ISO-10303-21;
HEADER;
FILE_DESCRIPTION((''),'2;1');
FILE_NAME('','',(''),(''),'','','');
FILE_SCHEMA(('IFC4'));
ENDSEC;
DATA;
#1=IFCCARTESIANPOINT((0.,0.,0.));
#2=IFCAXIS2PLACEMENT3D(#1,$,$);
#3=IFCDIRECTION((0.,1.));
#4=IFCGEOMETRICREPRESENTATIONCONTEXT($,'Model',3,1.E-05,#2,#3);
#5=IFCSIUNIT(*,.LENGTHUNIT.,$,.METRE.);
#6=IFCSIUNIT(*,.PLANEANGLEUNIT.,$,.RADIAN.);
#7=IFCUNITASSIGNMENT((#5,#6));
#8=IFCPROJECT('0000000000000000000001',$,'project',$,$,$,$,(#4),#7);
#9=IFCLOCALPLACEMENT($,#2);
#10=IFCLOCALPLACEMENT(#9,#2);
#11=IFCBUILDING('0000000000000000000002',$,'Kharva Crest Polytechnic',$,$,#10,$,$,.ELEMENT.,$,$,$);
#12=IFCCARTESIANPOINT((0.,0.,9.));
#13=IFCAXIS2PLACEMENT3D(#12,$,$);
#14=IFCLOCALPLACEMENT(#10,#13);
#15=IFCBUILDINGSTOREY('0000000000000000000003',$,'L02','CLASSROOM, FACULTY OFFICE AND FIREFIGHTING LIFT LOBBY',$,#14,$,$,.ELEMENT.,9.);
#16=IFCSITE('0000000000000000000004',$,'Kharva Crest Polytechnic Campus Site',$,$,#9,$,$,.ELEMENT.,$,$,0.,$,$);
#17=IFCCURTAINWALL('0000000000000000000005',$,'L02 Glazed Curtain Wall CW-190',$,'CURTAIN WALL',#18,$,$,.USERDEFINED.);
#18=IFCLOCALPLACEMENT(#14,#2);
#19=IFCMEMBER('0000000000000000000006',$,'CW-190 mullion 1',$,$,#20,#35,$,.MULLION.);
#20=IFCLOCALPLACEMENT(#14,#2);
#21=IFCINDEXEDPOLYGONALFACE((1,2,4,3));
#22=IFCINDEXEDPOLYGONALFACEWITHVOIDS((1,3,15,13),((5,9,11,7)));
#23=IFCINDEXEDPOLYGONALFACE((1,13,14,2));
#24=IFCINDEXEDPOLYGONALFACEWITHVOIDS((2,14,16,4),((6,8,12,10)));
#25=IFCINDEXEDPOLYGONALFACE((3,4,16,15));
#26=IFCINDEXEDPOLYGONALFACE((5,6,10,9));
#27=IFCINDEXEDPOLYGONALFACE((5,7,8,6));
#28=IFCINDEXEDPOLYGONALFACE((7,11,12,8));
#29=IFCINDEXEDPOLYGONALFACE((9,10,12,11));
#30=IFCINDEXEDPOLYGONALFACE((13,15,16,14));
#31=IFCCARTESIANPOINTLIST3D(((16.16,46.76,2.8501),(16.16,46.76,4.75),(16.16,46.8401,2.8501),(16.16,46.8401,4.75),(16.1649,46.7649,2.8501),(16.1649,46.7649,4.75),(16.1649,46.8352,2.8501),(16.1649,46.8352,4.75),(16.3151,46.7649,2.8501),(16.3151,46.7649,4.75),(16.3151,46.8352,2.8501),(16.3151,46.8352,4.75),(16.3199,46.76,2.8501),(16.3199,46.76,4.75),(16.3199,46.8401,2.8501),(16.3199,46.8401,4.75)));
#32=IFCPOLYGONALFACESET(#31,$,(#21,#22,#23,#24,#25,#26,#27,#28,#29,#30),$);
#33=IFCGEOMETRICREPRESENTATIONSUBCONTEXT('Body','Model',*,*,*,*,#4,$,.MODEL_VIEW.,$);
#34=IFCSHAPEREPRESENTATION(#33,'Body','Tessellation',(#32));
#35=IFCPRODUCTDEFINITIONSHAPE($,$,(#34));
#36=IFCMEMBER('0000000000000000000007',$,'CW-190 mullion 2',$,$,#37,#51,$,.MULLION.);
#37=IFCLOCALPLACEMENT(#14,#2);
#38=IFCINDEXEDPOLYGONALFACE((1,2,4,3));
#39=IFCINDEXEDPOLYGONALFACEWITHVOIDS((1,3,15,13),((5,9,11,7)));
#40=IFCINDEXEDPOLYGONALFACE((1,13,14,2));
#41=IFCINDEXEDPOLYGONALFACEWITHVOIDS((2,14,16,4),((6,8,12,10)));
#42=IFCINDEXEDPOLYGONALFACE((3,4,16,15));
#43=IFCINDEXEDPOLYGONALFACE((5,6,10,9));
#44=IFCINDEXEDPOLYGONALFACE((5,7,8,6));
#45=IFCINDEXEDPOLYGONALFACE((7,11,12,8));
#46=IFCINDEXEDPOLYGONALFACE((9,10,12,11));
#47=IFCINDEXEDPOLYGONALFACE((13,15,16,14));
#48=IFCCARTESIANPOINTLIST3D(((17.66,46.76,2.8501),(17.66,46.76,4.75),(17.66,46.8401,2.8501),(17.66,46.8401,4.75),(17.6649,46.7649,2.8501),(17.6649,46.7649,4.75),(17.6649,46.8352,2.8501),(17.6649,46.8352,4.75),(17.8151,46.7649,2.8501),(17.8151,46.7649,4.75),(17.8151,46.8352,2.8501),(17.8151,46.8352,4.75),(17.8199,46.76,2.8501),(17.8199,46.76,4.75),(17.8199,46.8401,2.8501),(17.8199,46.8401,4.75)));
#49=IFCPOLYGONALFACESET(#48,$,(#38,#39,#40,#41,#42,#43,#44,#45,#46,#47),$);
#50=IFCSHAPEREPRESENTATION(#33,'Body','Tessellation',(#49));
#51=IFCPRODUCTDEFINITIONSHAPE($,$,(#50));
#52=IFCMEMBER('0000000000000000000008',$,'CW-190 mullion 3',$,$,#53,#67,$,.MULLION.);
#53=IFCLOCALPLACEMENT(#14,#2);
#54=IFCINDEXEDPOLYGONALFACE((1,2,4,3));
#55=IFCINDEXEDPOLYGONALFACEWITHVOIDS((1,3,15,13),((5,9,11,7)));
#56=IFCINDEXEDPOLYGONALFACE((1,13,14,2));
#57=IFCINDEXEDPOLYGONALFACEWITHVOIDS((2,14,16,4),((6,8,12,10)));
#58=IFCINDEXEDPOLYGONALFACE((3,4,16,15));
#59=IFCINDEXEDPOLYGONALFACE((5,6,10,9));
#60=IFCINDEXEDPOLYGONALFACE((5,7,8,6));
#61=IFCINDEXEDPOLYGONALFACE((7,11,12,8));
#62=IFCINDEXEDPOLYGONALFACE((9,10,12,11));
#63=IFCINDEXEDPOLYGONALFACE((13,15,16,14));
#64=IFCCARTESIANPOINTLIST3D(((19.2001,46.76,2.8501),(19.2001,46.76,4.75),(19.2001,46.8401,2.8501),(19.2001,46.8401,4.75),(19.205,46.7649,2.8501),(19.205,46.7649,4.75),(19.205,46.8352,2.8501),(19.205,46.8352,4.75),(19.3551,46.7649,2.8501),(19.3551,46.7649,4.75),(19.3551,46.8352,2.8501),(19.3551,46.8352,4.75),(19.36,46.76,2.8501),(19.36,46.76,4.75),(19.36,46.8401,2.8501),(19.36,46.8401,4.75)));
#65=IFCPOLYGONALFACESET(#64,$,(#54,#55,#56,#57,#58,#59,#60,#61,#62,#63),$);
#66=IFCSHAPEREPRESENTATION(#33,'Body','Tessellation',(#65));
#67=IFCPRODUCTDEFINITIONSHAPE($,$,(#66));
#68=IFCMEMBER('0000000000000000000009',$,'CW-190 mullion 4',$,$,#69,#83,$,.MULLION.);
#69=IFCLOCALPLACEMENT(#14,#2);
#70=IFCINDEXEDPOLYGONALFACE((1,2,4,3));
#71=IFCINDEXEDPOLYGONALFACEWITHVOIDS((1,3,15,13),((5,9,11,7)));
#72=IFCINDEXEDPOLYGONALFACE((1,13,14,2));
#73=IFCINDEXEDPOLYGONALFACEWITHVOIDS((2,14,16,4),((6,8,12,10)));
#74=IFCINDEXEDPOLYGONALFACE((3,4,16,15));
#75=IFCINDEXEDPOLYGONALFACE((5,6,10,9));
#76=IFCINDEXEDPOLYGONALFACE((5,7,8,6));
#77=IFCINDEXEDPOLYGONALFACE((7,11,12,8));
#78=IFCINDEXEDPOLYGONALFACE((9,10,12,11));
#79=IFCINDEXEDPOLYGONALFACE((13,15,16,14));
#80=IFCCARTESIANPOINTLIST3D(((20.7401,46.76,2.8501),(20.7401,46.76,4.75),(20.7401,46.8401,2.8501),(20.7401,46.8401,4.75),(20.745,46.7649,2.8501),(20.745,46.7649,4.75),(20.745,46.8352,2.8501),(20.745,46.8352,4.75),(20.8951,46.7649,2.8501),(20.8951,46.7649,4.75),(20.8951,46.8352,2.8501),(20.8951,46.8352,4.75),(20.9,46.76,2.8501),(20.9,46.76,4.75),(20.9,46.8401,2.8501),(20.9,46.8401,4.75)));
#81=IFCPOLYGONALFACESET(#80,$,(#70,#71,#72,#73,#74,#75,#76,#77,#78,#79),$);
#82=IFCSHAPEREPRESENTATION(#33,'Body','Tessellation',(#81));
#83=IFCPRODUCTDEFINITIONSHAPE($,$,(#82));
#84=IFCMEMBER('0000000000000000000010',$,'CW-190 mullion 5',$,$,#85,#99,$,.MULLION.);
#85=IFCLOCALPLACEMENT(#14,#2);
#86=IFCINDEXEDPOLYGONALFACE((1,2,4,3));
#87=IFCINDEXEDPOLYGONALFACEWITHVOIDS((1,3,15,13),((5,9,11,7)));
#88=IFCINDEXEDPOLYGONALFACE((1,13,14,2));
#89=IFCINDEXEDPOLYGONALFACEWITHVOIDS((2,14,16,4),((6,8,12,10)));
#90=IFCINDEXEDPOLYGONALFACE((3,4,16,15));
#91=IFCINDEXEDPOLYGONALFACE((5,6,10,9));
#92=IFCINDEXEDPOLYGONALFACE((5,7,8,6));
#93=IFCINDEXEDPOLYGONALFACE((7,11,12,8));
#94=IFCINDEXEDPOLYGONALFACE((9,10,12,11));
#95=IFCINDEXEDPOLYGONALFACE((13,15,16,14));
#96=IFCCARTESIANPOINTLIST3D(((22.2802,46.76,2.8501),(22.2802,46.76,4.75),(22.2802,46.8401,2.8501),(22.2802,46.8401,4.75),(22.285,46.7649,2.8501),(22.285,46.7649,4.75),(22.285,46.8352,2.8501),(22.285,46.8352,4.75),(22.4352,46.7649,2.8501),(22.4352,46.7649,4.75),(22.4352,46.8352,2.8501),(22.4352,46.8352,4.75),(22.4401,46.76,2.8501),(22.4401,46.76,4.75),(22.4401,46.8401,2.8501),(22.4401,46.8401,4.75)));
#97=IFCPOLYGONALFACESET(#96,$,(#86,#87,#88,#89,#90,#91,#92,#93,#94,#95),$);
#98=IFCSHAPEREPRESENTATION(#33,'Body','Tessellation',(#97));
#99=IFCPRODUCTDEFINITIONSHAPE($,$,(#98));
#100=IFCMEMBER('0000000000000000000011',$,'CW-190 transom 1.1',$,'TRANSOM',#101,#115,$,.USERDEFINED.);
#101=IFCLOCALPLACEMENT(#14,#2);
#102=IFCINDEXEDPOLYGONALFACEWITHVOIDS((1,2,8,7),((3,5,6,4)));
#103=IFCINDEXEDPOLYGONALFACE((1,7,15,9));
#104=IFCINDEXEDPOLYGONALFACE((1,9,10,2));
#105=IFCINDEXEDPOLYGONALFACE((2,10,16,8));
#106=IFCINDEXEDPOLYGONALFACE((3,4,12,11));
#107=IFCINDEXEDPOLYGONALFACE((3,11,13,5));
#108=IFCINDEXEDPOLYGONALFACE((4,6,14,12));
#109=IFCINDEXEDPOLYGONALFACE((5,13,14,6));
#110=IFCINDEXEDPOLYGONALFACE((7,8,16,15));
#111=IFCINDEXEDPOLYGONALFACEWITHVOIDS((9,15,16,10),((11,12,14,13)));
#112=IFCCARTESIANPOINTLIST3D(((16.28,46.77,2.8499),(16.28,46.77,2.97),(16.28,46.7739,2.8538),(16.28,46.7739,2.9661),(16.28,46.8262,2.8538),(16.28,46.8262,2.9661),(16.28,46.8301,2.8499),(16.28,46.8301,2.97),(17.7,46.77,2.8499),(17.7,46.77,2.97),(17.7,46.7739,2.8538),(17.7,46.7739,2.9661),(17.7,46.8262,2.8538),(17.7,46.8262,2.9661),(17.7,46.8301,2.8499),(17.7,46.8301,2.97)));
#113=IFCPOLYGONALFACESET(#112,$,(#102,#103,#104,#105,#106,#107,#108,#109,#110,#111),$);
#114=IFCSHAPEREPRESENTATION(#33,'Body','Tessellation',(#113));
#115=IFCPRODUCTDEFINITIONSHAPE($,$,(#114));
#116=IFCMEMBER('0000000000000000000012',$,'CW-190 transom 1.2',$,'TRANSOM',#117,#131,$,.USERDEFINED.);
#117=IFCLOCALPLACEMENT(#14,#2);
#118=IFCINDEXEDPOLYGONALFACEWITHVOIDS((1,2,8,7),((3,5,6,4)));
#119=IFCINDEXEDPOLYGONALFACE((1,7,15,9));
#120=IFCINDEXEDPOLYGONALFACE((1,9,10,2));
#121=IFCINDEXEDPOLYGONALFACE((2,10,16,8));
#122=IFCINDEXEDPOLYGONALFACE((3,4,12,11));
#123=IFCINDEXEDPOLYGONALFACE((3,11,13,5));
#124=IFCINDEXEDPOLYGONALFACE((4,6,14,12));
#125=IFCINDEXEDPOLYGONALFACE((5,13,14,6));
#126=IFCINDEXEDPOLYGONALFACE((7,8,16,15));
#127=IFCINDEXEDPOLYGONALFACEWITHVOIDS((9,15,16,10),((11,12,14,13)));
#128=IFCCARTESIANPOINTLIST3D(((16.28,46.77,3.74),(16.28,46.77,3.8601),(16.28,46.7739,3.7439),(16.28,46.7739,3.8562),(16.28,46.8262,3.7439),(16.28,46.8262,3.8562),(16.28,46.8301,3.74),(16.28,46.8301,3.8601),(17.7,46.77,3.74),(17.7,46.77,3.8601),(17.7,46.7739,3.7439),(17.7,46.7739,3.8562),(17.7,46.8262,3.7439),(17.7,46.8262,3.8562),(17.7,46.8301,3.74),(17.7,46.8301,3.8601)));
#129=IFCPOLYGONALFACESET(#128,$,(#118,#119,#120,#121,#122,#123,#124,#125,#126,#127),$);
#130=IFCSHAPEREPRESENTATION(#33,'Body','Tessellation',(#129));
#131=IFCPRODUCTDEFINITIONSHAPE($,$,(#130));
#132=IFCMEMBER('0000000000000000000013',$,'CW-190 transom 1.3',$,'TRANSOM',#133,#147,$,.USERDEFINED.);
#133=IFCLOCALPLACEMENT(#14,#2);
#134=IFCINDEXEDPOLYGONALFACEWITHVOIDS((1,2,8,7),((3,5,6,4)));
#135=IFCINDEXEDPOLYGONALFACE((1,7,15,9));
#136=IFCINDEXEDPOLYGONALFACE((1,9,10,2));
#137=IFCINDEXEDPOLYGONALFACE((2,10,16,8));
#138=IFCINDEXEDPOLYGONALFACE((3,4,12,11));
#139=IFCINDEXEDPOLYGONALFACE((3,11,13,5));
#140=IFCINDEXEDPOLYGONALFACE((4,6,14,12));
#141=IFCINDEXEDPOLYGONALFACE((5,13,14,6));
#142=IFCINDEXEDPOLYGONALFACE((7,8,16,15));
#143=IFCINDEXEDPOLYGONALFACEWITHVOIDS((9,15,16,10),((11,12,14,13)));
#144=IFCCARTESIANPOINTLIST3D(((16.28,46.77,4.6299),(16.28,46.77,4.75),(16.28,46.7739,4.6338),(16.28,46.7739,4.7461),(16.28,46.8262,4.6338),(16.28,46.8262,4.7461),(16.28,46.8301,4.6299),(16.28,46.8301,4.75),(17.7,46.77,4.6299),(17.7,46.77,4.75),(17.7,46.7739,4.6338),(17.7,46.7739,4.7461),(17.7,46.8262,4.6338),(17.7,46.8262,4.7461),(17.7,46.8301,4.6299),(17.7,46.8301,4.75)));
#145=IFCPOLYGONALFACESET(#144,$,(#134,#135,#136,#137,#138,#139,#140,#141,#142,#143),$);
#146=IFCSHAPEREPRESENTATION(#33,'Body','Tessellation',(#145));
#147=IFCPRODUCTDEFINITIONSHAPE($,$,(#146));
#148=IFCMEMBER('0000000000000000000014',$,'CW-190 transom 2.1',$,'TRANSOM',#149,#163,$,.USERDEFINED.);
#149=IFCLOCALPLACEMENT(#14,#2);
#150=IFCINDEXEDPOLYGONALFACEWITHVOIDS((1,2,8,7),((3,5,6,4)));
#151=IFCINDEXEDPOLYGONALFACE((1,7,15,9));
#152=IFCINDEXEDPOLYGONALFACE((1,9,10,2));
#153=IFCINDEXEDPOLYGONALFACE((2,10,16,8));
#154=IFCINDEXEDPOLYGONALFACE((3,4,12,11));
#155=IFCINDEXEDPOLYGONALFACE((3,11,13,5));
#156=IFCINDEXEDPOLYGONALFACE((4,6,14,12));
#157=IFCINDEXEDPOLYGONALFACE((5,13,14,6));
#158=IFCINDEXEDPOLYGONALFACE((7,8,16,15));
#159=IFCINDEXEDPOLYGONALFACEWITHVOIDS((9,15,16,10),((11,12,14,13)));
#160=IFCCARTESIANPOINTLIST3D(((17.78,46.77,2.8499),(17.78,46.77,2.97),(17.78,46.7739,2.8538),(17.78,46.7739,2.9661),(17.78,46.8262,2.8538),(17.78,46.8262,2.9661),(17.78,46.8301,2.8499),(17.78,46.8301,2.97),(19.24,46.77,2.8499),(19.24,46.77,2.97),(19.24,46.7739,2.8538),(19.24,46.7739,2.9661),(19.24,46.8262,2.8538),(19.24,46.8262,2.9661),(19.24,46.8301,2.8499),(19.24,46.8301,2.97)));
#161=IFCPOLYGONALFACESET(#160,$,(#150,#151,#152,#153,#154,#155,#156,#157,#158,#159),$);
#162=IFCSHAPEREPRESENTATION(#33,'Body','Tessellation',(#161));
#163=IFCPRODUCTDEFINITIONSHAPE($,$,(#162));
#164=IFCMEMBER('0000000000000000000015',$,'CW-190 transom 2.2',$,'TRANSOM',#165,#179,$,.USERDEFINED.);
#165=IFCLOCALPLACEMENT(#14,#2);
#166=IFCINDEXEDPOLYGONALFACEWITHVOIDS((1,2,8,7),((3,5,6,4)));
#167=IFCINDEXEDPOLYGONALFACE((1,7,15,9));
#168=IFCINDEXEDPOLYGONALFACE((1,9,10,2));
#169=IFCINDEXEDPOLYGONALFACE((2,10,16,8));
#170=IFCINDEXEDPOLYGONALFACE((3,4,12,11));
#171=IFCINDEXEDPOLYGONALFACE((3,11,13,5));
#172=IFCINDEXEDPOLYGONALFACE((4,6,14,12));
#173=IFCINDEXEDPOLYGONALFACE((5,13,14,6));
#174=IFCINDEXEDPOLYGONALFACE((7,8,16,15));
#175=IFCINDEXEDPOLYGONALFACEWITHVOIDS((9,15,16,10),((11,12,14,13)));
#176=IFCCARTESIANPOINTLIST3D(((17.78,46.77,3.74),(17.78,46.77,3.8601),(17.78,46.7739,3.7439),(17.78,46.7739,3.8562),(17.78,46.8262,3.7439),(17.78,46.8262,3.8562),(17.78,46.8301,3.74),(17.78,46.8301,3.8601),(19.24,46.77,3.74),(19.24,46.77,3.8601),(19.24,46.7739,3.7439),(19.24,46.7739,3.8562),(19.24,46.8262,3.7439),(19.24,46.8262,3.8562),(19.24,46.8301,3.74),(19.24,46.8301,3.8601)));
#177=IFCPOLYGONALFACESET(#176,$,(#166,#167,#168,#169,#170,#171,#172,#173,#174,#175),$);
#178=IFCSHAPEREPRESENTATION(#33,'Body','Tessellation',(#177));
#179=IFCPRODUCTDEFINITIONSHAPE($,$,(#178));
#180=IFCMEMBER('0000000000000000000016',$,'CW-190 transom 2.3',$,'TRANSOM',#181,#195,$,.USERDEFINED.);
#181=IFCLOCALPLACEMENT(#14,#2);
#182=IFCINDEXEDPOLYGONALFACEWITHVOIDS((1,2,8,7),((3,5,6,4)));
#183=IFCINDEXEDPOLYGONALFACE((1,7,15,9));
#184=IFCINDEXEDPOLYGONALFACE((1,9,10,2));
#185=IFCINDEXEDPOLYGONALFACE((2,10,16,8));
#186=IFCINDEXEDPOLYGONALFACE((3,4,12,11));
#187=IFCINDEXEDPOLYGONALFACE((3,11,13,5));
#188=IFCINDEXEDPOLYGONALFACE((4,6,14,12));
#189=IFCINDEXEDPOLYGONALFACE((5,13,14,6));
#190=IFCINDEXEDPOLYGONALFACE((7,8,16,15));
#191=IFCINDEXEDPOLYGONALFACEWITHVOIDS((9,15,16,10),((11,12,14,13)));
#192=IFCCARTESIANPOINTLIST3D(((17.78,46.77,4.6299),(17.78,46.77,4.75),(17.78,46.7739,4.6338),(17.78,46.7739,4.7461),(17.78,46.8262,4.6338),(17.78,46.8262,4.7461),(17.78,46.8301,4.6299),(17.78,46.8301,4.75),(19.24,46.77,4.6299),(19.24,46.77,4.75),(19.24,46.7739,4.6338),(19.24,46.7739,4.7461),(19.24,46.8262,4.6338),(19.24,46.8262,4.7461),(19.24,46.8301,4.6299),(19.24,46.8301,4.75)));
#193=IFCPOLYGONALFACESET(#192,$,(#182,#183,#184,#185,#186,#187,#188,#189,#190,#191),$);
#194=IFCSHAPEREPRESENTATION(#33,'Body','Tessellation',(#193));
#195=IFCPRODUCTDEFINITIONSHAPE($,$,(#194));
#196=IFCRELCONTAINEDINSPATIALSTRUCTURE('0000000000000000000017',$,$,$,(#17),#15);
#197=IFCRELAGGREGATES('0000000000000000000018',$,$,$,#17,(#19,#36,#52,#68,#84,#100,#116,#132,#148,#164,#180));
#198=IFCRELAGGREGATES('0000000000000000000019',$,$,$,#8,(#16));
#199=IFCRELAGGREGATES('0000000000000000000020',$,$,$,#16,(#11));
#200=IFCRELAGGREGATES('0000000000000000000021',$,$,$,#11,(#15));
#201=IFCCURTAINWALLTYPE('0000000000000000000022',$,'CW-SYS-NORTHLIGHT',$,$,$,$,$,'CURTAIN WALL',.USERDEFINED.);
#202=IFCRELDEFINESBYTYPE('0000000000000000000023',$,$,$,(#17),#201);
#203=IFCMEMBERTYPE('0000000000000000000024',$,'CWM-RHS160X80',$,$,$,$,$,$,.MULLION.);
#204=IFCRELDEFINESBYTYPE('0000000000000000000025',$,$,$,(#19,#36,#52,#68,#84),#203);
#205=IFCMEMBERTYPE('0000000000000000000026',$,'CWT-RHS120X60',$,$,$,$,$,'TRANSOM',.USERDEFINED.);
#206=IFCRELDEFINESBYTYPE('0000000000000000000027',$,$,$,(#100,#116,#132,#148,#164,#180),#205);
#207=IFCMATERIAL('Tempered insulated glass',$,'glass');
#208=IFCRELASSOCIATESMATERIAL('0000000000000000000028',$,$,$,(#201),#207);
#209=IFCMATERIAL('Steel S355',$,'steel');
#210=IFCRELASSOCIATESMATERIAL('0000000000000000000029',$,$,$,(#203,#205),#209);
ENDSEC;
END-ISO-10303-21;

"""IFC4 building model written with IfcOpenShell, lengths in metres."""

from ifc_helpers import new_model, si_unit, direction, frame, origin, origin_2d, place, context, subcontext, project, spatial, hollow_rectangle, extrude, material, material_profile, profile_set, type_object, element, aggregate, save


model = new_model("IFC4")

# Units and contexts
model_context = context("Model", 3, precision=1e-05, world=origin(), true_north=direction((0.0, 1.0)))
body_context = subcontext(model_context, "Body", "Model", "MODEL_VIEW")
ifc_project = project(units=[si_unit("LENGTHUNIT", "METRE"), si_unit("PLANEANGLEUNIT", "RADIAN")], contexts=[model_context])

# Site, building, storey
site_placement = place(None, origin())
site = spatial("IfcSite", under=ifc_project, at=site_placement, Name="Kharva Crest Polytechnic Campus Site", CompositionType="ELEMENT", RefElevation=0.0)
building_placement = place(site_placement, origin())
building = spatial("IfcBuilding", under=site, at=building_placement, Name="Kharva Crest Polytechnic", CompositionType="ELEMENT")
storey_placement = place(building_placement, frame((0.0, 0.0, 9.0)))
storey = spatial("IfcBuildingStorey", under=building, at=storey_placement, Name="L02", Description="CLASSROOM, FACULTY OFFICE AND FIREFIGHTING LIFT LOBBY", CompositionType="ELEMENT", Elevation=9.0)

# Curtain wall, members
ifc_material_1 = material(Name="Tempered insulated glass", Category="glass")
curtain_wall_type = type_object("IfcCurtainWallType", Name="CW-SYS-NORTHLIGHT", ElementType="CURTAIN WALL", PredefinedType="USERDEFINED", material=ifc_material_1)
curtain_wall_placement = place(storey_placement, origin())
curtain_wall = element("IfcCurtainWall", 1, at=curtain_wall_placement, inside=storey, type_object=curtain_wall_type, Name="L02 Glazed Curtain Wall CW-190", ObjectType="CURTAIN WALL", PredefinedType="USERDEFINED")
ifc_material_2 = material(Name="Steel S355", Category="steel")
ifc_material_profile_1 = material_profile(ifc_material_2, hollow_rectangle(XDim=0.0801, YDim=0.1599, WallThickness=0.0049, at=origin_2d()), Name="RHS 160X80X5.0")
ifc_profile_set_1 = profile_set([ifc_material_profile_1], Name="Steel S355")
member_type_1 = type_object("IfcMemberType", Name="CWM-RHS160X80", PredefinedType="MULLION", material=ifc_profile_set_1)
member_1_placement = place(storey_placement, frame((16.24, 46.8, 2.8501), z_axis=(0.0, 0.0, 1.0), x_axis=(0.0, 1.0, 0.0)))
member_1 = element("IfcMember", 2, at=member_1_placement, type_object=member_type_1, Name="CW-190 mullion 1", PredefinedType="MULLION", context=body_context, shape_type="SweptSolid", body=[
    extrude(hollow_rectangle(XDim=0.0801, YDim=0.1599, WallThickness=0.0049, at=origin_2d()), origin(), (0.0, 0.0, 1.0), 1.8999),
])
member_2_placement = place(storey_placement, frame((17.74, 46.8, 2.8501), z_axis=(0.0, 0.0, 1.0), x_axis=(0.0, 1.0, 0.0)))
member_2 = element("IfcMember", 3, at=member_2_placement, type_object=member_type_1, Name="CW-190 mullion 2", PredefinedType="MULLION", context=body_context, shape_type="SweptSolid", body=[
    extrude(hollow_rectangle(XDim=0.0801, YDim=0.1599, WallThickness=0.0049, at=origin_2d()), origin(), (0.0, 0.0, 1.0), 1.8999),
])
member_3_placement = place(storey_placement, frame((19.28, 46.8, 2.8501), z_axis=(0.0, 0.0, 1.0), x_axis=(0.0, 1.0, 0.0)))
member_3 = element("IfcMember", 4, at=member_3_placement, type_object=member_type_1, Name="CW-190 mullion 3", PredefinedType="MULLION", context=body_context, shape_type="SweptSolid", body=[
    extrude(hollow_rectangle(XDim=0.0801, YDim=0.1599, WallThickness=0.0049, at=origin_2d()), origin(), (0.0, 0.0, 1.0), 1.8999),
])
member_4_placement = place(storey_placement, frame((20.8201, 46.8, 2.8501), z_axis=(0.0, 0.0, 1.0), x_axis=(0.0, 1.0, 0.0)))
member_4 = element("IfcMember", 5, at=member_4_placement, type_object=member_type_1, Name="CW-190 mullion 4", PredefinedType="MULLION", context=body_context, shape_type="SweptSolid", body=[
    extrude(hollow_rectangle(XDim=0.0801, YDim=0.1599, WallThickness=0.0049, at=origin_2d()), origin(), (0.0, 0.0, 1.0), 1.8999),
])
member_5_placement = place(storey_placement, frame((22.3601, 46.8, 2.8501), z_axis=(0.0, 0.0, 1.0), x_axis=(0.0, 1.0, 0.0)))
member_5 = element("IfcMember", 6, at=member_5_placement, type_object=member_type_1, Name="CW-190 mullion 5", PredefinedType="MULLION", context=body_context, shape_type="SweptSolid", body=[
    extrude(hollow_rectangle(XDim=0.0801, YDim=0.1599, WallThickness=0.0049, at=origin_2d()), origin(), (0.0, 0.0, 1.0), 1.8999),
])
ifc_material_profile_2 = material_profile(ifc_material_2, hollow_rectangle(XDim=0.0601, YDim=0.1201, WallThickness=0.0039, at=origin_2d()), Name="RHS 120X60X4.0")
ifc_profile_set_2 = profile_set([ifc_material_profile_2], Name="Steel S355")
member_type_2 = type_object("IfcMemberType", Name="CWT-RHS120X60", ElementType="TRANSOM", PredefinedType="USERDEFINED", material=ifc_profile_set_2)
member_6_placement = place(storey_placement, frame((16.28, 46.8, 2.9099), z_axis=(1.0, 0.0, 0.0), x_axis=(0.0, 1.0, 0.0)))
member_6 = element("IfcMember", 7, at=member_6_placement, type_object=member_type_2, Name="CW-190 transom 1.1", ObjectType="TRANSOM", PredefinedType="USERDEFINED", context=body_context, shape_type="SweptSolid", body=[
    extrude(hollow_rectangle(XDim=0.0601, YDim=0.1201, WallThickness=0.0039, at=origin_2d()), origin(), (0.0, 0.0, 1.0), 1.4199),
])
member_7_placement = place(storey_placement, frame((16.28, 46.8, 3.8), z_axis=(1.0, 0.0, 0.0), x_axis=(0.0, 1.0, 0.0)))
member_7 = element("IfcMember", 8, at=member_7_placement, type_object=member_type_2, Name="CW-190 transom 1.2", ObjectType="TRANSOM", PredefinedType="USERDEFINED", context=body_context, shape_type="SweptSolid", body=[
    extrude(hollow_rectangle(XDim=0.0601, YDim=0.1201, WallThickness=0.0039, at=origin_2d()), origin(), (0.0, 0.0, 1.0), 1.4199),
])
member_8_placement = place(storey_placement, frame((16.28, 46.8, 4.6899), z_axis=(1.0, 0.0, 0.0), x_axis=(0.0, 1.0, 0.0)))
member_8 = element("IfcMember", 9, at=member_8_placement, type_object=member_type_2, Name="CW-190 transom 1.3", ObjectType="TRANSOM", PredefinedType="USERDEFINED", context=body_context, shape_type="SweptSolid", body=[
    extrude(hollow_rectangle(XDim=0.0601, YDim=0.1201, WallThickness=0.0039, at=origin_2d()), origin(), (0.0, 0.0, 1.0), 1.4199),
])
member_9_placement = place(storey_placement, frame((17.78, 46.8, 2.9099), z_axis=(1.0, 0.0, 0.0), x_axis=(0.0, 1.0, 0.0)))
member_9 = element("IfcMember", 10, at=member_9_placement, type_object=member_type_2, Name="CW-190 transom 2.1", ObjectType="TRANSOM", PredefinedType="USERDEFINED", context=body_context, shape_type="SweptSolid", body=[
    extrude(hollow_rectangle(XDim=0.0601, YDim=0.1201, WallThickness=0.0039, at=origin_2d()), origin(), (0.0, 0.0, 1.0), 1.46),
])
member_10_placement = place(storey_placement, frame((17.78, 46.8, 3.8), z_axis=(1.0, 0.0, 0.0), x_axis=(0.0, 1.0, 0.0)))
member_10 = element("IfcMember", 11, at=member_10_placement, type_object=member_type_2, Name="CW-190 transom 2.2", ObjectType="TRANSOM", PredefinedType="USERDEFINED", context=body_context, shape_type="SweptSolid", body=[
    extrude(hollow_rectangle(XDim=0.0601, YDim=0.1201, WallThickness=0.0039, at=origin_2d()), origin(), (0.0, 0.0, 1.0), 1.46),
])
member_11_placement = place(storey_placement, frame((17.78, 46.8, 4.6899), z_axis=(1.0, 0.0, 0.0), x_axis=(0.0, 1.0, 0.0)))
member_11 = element("IfcMember", 12, at=member_11_placement, type_object=member_type_2, Name="CW-190 transom 2.3", ObjectType="TRANSOM", PredefinedType="USERDEFINED", context=body_context, shape_type="SweptSolid", body=[
    extrude(hollow_rectangle(XDim=0.0601, YDim=0.1201, WallThickness=0.0039, at=origin_2d()), origin(), (0.0, 0.0, 1.0), 1.46),
])

aggregate(curtain_wall, [member_1, member_2, member_3, member_4, member_5, member_6, member_7, member_8, member_9, member_10, member_11])

save(model, "model.ifc")
